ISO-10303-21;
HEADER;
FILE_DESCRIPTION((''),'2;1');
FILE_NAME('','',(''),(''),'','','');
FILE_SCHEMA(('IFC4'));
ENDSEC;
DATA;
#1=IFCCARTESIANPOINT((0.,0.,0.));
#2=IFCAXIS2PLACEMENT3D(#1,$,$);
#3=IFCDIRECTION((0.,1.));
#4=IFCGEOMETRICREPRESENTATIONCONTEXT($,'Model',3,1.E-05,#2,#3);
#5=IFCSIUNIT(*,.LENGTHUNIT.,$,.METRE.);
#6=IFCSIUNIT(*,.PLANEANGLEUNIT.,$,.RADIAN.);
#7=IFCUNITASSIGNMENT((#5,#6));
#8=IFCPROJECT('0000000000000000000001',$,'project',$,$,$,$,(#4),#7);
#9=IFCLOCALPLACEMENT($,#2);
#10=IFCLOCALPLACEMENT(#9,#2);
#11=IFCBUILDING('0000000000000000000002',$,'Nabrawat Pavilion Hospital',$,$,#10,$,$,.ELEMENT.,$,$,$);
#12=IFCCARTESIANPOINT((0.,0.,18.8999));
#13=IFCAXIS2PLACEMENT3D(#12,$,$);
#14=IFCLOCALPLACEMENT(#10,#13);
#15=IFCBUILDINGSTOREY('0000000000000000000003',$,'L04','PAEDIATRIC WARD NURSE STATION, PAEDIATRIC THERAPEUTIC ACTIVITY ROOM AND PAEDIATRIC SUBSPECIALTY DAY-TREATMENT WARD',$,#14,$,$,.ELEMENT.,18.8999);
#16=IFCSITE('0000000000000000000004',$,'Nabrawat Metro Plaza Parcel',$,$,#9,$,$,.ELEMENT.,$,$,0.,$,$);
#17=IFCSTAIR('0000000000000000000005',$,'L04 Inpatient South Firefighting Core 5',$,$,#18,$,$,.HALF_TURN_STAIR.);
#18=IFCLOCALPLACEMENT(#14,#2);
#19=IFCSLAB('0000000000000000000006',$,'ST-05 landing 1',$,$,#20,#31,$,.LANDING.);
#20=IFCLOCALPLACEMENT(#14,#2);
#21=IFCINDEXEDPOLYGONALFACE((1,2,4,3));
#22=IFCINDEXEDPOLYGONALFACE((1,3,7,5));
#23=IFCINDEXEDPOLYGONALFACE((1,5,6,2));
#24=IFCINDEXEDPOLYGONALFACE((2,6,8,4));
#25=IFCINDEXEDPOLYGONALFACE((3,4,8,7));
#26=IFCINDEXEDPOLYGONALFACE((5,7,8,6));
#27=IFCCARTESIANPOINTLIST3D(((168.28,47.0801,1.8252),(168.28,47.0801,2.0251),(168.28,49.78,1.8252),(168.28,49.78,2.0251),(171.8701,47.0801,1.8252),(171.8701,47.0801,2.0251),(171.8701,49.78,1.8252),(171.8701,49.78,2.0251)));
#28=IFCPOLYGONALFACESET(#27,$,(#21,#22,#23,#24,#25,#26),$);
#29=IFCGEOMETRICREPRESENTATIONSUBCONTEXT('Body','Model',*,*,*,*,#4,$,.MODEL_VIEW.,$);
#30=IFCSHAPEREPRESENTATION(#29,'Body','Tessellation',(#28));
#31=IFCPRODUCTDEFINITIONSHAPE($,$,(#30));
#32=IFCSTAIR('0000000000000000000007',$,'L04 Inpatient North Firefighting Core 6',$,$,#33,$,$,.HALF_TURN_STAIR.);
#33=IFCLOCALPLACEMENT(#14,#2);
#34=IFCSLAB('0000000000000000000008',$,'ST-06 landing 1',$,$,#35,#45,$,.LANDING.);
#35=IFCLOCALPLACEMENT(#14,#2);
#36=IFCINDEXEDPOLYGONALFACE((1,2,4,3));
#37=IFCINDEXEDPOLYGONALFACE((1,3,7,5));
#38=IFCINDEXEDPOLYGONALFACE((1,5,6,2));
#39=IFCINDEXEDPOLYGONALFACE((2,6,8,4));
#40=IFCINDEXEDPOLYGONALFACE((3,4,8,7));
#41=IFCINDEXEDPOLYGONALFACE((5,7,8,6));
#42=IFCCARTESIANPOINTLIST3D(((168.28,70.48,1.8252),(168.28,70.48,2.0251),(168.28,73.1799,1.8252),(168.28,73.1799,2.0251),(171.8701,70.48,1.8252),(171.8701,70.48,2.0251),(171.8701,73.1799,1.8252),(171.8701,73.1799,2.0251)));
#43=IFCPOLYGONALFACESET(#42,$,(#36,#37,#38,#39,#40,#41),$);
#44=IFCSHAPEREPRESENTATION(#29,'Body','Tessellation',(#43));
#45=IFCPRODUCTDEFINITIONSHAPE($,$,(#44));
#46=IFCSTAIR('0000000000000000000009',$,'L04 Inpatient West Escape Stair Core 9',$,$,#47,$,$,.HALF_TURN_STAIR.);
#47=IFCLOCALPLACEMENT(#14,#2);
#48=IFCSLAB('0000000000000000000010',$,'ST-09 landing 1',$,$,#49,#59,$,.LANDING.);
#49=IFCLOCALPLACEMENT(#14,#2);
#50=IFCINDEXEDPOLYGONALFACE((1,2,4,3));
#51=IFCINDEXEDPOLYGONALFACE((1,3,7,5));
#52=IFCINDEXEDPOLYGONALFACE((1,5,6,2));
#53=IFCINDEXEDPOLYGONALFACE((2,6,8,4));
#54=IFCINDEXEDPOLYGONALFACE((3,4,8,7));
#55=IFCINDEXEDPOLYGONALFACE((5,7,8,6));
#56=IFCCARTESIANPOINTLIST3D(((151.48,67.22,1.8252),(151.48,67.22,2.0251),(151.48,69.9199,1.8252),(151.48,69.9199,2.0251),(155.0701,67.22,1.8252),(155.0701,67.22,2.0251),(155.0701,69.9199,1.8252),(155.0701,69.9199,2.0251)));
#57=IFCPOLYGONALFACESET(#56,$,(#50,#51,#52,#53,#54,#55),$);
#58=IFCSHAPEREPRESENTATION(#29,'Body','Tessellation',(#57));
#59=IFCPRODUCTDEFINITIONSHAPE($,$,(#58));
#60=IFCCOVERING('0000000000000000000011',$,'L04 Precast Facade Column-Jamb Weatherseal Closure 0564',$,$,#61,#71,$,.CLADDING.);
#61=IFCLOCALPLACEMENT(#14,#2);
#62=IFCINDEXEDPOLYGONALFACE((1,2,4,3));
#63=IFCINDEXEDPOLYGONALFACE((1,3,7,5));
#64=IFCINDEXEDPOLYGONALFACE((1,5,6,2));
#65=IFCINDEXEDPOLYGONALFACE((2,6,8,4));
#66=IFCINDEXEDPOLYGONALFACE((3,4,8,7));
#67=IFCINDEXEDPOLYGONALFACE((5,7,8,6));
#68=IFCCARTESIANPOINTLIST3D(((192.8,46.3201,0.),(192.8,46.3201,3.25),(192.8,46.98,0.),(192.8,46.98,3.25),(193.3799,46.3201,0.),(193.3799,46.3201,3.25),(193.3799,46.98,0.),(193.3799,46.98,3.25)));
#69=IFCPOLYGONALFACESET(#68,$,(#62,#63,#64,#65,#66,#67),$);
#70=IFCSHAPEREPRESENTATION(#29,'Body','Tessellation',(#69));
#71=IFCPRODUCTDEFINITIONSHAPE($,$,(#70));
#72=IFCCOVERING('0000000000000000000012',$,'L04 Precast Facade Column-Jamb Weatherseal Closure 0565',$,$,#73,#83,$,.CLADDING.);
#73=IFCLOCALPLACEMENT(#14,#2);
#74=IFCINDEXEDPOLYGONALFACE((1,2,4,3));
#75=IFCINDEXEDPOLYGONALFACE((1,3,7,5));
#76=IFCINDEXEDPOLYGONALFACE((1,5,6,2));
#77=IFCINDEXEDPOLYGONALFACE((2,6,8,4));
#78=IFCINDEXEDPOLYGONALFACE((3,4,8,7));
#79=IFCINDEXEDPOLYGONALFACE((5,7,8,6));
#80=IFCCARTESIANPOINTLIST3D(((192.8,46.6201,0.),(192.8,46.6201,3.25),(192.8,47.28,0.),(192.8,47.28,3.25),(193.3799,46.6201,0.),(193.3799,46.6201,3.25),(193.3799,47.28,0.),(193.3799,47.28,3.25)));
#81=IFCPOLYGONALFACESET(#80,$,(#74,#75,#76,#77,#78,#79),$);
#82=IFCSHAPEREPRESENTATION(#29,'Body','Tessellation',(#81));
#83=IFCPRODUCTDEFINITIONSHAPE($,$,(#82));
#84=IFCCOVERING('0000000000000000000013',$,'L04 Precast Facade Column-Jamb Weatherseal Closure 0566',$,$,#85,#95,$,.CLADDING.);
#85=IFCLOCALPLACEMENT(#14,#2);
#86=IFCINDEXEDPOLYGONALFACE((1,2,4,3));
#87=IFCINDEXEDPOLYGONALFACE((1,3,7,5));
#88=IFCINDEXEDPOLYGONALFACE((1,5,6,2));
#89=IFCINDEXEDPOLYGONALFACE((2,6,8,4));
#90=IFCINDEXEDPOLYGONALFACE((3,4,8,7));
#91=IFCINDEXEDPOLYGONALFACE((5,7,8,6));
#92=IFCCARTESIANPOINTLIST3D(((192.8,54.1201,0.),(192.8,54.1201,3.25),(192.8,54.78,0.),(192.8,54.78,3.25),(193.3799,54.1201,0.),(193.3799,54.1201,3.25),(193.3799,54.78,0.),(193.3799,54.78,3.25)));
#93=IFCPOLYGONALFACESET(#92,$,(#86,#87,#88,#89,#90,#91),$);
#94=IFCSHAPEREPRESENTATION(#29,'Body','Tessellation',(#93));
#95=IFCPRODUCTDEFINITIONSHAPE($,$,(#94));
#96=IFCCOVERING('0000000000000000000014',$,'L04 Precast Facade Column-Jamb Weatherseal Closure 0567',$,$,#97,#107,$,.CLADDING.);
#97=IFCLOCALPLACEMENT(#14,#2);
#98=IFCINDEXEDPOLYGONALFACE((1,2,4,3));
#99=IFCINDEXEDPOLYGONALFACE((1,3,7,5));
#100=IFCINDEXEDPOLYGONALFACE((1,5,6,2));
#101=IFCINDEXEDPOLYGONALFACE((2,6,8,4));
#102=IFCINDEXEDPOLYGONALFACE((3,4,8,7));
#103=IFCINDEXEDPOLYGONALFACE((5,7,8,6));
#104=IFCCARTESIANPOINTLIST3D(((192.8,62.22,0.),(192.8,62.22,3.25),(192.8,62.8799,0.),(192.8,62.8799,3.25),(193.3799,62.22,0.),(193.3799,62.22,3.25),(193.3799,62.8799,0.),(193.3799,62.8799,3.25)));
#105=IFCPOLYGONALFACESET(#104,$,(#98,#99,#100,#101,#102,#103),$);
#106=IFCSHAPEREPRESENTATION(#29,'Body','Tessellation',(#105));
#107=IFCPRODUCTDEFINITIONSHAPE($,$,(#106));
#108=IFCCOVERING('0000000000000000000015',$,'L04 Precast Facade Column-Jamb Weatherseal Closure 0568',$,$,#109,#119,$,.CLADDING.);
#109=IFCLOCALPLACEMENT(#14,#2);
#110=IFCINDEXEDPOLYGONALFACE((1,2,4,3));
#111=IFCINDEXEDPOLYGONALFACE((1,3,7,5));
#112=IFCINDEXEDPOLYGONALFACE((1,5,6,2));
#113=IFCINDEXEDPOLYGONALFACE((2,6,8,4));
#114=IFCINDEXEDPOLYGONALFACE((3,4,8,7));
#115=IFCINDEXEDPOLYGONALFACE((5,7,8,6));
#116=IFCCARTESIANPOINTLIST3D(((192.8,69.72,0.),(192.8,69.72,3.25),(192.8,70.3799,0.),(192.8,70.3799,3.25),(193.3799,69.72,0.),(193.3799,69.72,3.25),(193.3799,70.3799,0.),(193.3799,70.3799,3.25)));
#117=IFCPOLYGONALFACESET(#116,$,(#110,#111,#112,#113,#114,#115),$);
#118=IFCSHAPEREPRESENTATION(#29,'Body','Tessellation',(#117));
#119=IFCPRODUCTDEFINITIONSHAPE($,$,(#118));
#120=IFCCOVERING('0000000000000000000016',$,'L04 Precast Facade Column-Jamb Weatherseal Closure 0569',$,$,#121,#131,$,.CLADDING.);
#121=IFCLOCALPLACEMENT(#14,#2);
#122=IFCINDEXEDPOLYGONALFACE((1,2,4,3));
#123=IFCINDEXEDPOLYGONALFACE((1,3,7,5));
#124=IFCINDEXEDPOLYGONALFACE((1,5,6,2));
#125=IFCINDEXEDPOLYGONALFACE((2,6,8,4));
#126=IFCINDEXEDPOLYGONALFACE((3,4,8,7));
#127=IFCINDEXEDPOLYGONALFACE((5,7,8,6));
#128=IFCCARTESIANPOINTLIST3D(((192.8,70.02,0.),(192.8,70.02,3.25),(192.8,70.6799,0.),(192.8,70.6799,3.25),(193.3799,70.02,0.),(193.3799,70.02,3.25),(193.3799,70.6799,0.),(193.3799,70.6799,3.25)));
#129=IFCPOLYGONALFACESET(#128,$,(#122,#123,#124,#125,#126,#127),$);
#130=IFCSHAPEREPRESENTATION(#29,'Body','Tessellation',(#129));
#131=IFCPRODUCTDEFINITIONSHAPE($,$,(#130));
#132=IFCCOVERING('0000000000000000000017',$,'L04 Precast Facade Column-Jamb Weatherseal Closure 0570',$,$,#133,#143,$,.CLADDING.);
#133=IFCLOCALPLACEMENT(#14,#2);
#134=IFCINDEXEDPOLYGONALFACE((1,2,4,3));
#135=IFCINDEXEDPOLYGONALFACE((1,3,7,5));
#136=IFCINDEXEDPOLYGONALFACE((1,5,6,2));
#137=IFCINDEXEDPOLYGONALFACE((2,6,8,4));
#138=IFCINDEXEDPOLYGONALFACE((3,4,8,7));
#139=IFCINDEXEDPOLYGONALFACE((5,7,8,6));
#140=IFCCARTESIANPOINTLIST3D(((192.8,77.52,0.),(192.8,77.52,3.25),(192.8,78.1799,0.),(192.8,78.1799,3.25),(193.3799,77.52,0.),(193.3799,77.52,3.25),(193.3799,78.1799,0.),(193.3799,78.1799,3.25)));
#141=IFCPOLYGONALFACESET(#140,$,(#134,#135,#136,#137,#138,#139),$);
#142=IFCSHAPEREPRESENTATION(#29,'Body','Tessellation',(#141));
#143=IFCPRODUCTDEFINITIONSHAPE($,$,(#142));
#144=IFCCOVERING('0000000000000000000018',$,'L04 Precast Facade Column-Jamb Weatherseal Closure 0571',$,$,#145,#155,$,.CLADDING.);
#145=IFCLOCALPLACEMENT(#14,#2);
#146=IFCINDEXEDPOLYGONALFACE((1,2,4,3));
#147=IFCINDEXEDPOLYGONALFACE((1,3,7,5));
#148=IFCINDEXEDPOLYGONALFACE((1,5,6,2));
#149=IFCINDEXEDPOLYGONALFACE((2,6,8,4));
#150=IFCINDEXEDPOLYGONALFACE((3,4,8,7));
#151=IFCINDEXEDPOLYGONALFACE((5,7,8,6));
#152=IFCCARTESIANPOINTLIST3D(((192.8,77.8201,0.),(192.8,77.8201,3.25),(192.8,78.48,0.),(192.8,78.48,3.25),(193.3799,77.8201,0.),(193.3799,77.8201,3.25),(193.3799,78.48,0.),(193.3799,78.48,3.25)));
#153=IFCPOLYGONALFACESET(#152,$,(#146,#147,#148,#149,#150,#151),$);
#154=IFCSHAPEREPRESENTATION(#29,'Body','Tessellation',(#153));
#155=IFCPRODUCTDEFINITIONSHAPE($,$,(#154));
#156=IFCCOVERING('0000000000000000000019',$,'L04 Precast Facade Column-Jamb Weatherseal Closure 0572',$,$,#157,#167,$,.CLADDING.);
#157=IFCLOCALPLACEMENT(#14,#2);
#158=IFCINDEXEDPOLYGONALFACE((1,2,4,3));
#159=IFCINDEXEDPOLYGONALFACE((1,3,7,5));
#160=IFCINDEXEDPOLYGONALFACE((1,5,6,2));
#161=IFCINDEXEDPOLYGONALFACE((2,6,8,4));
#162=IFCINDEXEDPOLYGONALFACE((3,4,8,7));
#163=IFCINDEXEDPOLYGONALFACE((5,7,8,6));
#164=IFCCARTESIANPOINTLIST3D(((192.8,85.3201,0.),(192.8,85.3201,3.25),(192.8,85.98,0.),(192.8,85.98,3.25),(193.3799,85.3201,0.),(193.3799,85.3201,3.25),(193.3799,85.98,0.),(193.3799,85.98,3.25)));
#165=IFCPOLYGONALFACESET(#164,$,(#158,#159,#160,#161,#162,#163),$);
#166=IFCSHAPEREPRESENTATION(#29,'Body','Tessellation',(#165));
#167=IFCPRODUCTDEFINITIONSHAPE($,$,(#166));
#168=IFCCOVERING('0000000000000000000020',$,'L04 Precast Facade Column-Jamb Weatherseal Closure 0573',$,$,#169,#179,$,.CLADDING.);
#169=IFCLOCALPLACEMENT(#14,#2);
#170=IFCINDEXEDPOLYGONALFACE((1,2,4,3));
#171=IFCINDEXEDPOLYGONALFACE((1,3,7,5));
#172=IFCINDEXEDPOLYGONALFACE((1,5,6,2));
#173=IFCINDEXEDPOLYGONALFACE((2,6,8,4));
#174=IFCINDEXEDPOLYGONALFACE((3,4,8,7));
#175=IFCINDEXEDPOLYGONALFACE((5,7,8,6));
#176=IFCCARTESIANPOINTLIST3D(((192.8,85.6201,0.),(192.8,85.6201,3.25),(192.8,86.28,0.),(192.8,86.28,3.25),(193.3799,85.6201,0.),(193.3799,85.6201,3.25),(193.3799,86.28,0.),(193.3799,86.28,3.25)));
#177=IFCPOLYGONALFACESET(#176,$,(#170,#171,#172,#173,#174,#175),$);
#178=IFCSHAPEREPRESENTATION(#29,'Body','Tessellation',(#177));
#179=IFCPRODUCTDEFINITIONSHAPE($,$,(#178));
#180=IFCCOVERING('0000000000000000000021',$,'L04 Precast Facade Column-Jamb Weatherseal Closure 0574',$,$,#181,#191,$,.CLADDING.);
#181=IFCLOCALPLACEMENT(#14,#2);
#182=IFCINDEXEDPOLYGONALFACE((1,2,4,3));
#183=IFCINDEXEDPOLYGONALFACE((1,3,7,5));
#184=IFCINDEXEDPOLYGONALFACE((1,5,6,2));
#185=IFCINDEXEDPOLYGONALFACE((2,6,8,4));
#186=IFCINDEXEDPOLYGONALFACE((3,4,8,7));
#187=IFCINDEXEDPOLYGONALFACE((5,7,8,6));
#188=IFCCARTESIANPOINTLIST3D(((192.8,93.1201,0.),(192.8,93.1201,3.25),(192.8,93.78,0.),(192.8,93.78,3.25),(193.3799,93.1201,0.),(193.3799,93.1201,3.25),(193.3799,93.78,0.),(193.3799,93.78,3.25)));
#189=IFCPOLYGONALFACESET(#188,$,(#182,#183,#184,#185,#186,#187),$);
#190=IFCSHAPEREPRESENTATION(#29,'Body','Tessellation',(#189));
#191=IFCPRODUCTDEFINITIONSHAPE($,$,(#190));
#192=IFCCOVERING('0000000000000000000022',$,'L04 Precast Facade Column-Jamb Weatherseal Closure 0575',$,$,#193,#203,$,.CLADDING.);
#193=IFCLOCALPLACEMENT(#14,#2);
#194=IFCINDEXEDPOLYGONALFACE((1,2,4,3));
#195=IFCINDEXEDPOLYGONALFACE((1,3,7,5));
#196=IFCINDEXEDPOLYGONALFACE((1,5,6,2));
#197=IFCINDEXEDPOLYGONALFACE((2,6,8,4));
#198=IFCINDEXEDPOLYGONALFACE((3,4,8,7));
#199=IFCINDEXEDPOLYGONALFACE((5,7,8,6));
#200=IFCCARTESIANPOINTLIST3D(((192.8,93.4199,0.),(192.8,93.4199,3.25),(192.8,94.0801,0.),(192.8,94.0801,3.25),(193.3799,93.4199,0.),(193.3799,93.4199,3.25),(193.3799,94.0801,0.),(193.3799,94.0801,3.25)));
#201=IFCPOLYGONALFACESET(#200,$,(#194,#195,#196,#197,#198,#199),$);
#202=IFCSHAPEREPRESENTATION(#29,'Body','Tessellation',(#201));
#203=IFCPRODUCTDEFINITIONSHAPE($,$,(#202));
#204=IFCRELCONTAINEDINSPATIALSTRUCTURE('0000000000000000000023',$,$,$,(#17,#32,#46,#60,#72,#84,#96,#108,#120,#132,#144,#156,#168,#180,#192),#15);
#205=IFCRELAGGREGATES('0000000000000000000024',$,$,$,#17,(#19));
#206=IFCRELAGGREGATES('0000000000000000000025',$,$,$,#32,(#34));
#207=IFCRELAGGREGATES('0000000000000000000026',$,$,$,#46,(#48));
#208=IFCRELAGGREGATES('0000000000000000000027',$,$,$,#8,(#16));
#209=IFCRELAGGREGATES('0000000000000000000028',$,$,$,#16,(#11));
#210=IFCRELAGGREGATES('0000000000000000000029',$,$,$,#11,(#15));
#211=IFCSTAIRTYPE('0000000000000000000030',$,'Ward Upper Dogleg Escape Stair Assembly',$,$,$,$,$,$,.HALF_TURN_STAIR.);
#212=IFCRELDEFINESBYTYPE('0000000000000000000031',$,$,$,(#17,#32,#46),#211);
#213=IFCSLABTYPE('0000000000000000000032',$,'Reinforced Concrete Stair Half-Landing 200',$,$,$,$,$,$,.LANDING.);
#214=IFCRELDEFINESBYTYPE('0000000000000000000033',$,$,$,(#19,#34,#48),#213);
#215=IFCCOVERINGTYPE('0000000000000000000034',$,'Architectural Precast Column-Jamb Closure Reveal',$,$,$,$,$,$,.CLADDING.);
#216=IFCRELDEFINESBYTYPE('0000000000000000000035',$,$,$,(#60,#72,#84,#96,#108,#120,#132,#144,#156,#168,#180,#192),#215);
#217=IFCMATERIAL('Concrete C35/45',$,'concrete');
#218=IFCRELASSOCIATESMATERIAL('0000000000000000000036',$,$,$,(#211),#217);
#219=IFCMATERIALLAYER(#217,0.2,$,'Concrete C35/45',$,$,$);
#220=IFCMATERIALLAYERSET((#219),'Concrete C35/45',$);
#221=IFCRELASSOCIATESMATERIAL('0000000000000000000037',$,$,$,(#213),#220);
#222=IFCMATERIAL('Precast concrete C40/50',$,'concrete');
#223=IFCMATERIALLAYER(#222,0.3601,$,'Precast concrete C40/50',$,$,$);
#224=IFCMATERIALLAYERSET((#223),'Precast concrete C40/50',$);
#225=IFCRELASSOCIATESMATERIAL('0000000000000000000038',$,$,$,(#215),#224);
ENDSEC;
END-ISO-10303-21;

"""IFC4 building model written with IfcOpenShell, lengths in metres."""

from ifc_helpers import new_model, si_unit, direction, frame, origin, place, context, subcontext, project, spatial, polyline, outline, extrude, material, layer, layer_set, type_object, element, aggregate, save


model = new_model("IFC4")

# Units and contexts
model_context = context("Model", 3, precision=1e-05, world=origin(), true_north=direction((0.0, 1.0)))
body_context = subcontext(model_context, "Body", "Model", "MODEL_VIEW")
ifc_project = project(units=[si_unit("LENGTHUNIT", "METRE"), si_unit("PLANEANGLEUNIT", "RADIAN")], contexts=[model_context])

# Site, building, storey
site_placement = place(None, origin())
site = spatial("IfcSite", under=ifc_project, at=site_placement, Name="Nabrawat Metro Plaza Parcel", CompositionType="ELEMENT", RefElevation=0.0)
building_placement = place(site_placement, origin())
building = spatial("IfcBuilding", under=site, at=building_placement, Name="Nabrawat Pavilion Hospital", CompositionType="ELEMENT")
storey_placement = place(building_placement, frame((0.0, 0.0, 18.8999)))
storey = spatial("IfcBuildingStorey", under=building, at=storey_placement, Name="L04", Description="PAEDIATRIC WARD NURSE STATION, PAEDIATRIC THERAPEUTIC ACTIVITY ROOM AND PAEDIATRIC SUBSPECIALTY DAY-TREATMENT WARD", CompositionType="ELEMENT", Elevation=18.8999)

# Stairs, slabs
ifc_material_1 = material(Name="Concrete C35/45", Category="concrete")
stair_type = type_object("IfcStairType", Name="Ward Upper Dogleg Escape Stair Assembly", PredefinedType="HALF_TURN_STAIR", material=ifc_material_1)
stair_1_placement = place(storey_placement, origin())
stair_1 = element("IfcStair", 1, at=stair_1_placement, inside=storey, type_object=stair_type, Name="L04 Inpatient South Firefighting Core 5", PredefinedType="HALF_TURN_STAIR")
ifc_layer_1 = layer(ifc_material_1, 0.2, Name="Concrete C35/45")
ifc_layer_set_1 = layer_set([ifc_layer_1], Name="Concrete C35/45")
slab_type = type_object("IfcSlabType", Name="Reinforced Concrete Stair Half-Landing 200", PredefinedType="LANDING", material=ifc_layer_set_1)
slab_1_placement = place(storey_placement, frame((0.0, 0.0, 1.8252)))
slab_1 = element("IfcSlab", 2, at=slab_1_placement, type_object=slab_type, Name="ST-05 landing 1", PredefinedType="LANDING", context=body_context, shape_type="SweptSolid", body=[
    extrude(outline(polyline([(171.8701, 47.0801), (171.8701, 49.78), (168.28, 49.78), (168.28, 47.0801), (171.8701, 47.0801)])), origin(), (0.0, 0.0, 1.0), 0.2),
])
aggregate(stair_1, [slab_1])
stair_2_placement = place(storey_placement, origin())
stair_2 = element("IfcStair", 3, at=stair_2_placement, inside=storey, type_object=stair_type, Name="L04 Inpatient North Firefighting Core 6", PredefinedType="HALF_TURN_STAIR")
slab_2_placement = place(storey_placement, frame((0.0, 0.0, 1.8252)))
slab_2 = element("IfcSlab", 4, at=slab_2_placement, type_object=slab_type, Name="ST-06 landing 1", PredefinedType="LANDING", context=body_context, shape_type="SweptSolid", body=[
    extrude(outline(polyline([(171.8701, 70.48), (171.8701, 73.1799), (168.28, 73.1799), (168.28, 70.48), (171.8701, 70.48)])), origin(), (0.0, 0.0, 1.0), 0.2),
])
aggregate(stair_2, [slab_2])
stair_3_placement = place(storey_placement, origin())
stair_3 = element("IfcStair", 5, at=stair_3_placement, inside=storey, type_object=stair_type, Name="L04 Inpatient West Escape Stair Core 9", PredefinedType="HALF_TURN_STAIR")
slab_3_placement = place(storey_placement, frame((0.0, 0.0, 1.8252)))
slab_3 = element("IfcSlab", 6, at=slab_3_placement, type_object=slab_type, Name="ST-09 landing 1", PredefinedType="LANDING", context=body_context, shape_type="SweptSolid", body=[
    extrude(outline(polyline([(155.0701, 67.22), (155.0701, 69.9199), (151.48, 69.9199), (151.48, 67.22), (155.0701, 67.22)])), origin(), (0.0, 0.0, 1.0), 0.2),
])
aggregate(stair_3, [slab_3])

# Coverings
ifc_material_2 = material(Name="Precast concrete C40/50", Category="concrete")
ifc_layer_2 = layer(ifc_material_2, 0.3601, Name="Precast concrete C40/50")
ifc_layer_set_2 = layer_set([ifc_layer_2], Name="Precast concrete C40/50")
covering_type_1 = type_object("IfcCoveringType", Name="Architectural Precast Column-Jamb Closure Reveal", PredefinedType="CLADDING", material=ifc_layer_set_2)
covering_1_placement = place(storey_placement, origin())
element("IfcCovering", 7, at=covering_1_placement, inside=storey, type_object=covering_type_1, Name="L04 Precast Facade Column-Jamb Weatherseal Closure 0564", PredefinedType="CLADDING", context=body_context, shape_type="SweptSolid", body=[
    extrude(outline(polyline([(193.3799, 46.3201), (193.3799, 46.98), (192.8, 46.98), (192.8, 46.3201), (193.3799, 46.3201)])), origin(), (0.0, 0.0, 1.0), 3.25),
])
covering_2_placement = place(storey_placement, origin())
element("IfcCovering", 8, at=covering_2_placement, inside=storey, type_object=covering_type_1, Name="L04 Precast Facade Column-Jamb Weatherseal Closure 0565", PredefinedType="CLADDING", context=body_context, shape_type="SweptSolid", body=[
    extrude(outline(polyline([(193.3799, 46.6201), (193.3799, 47.28), (192.8, 47.28), (192.8, 46.6201), (193.3799, 46.6201)])), origin(), (0.0, 0.0, 1.0), 3.25),
])
covering_3_placement = place(storey_placement, origin())
element("IfcCovering", 9, at=covering_3_placement, inside=storey, type_object=covering_type_1, Name="L04 Precast Facade Column-Jamb Weatherseal Closure 0566", PredefinedType="CLADDING", context=body_context, shape_type="SweptSolid", body=[
    extrude(outline(polyline([(193.3799, 54.1201), (193.3799, 54.78), (192.8, 54.78), (192.8, 54.1201), (193.3799, 54.1201)])), origin(), (0.0, 0.0, 1.0), 3.25),
])
covering_4_placement = place(storey_placement, origin())
element("IfcCovering", 10, at=covering_4_placement, inside=storey, type_object=covering_type_1, Name="L04 Precast Facade Column-Jamb Weatherseal Closure 0567", PredefinedType="CLADDING", context=body_context, shape_type="SweptSolid", body=[
    extrude(outline(polyline([(193.3799, 62.22), (193.3799, 62.8799), (192.8, 62.8799), (192.8, 62.22), (193.3799, 62.22)])), origin(), (0.0, 0.0, 1.0), 3.25),
])
covering_5_placement = place(storey_placement, origin())
element("IfcCovering", 11, at=covering_5_placement, inside=storey, type_object=covering_type_1, Name="L04 Precast Facade Column-Jamb Weatherseal Closure 0568", PredefinedType="CLADDING", context=body_context, shape_type="SweptSolid", body=[
    extrude(outline(polyline([(193.3799, 69.72), (193.3799, 70.3799), (192.8, 70.3799), (192.8, 69.72), (193.3799, 69.72)])), origin(), (0.0, 0.0, 1.0), 3.25),
])
covering_6_placement = place(storey_placement, origin())
element("IfcCovering", 12, at=covering_6_placement, inside=storey, type_object=covering_type_1, Name="L04 Precast Facade Column-Jamb Weatherseal Closure 0569", PredefinedType="CLADDING", context=body_context, shape_type="SweptSolid", body=[
    extrude(outline(polyline([(193.3799, 70.02), (193.3799, 70.6799), (192.8, 70.6799), (192.8, 70.02), (193.3799, 70.02)])), origin(), (0.0, 0.0, 1.0), 3.25),
])
covering_7_placement = place(storey_placement, origin())
element("IfcCovering", 13, at=covering_7_placement, inside=storey, type_object=covering_type_1, Name="L04 Precast Facade Column-Jamb Weatherseal Closure 0570", PredefinedType="CLADDING", context=body_context, shape_type="SweptSolid", body=[
    extrude(outline(polyline([(193.3799, 77.52), (193.3799, 78.1799), (192.8, 78.1799), (192.8, 77.52), (193.3799, 77.52)])), origin(), (0.0, 0.0, 1.0), 3.25),
])
covering_8_placement = place(storey_placement, origin())
element("IfcCovering", 14, at=covering_8_placement, inside=storey, type_object=covering_type_1, Name="L04 Precast Facade Column-Jamb Weatherseal Closure 0571", PredefinedType="CLADDING", context=body_context, shape_type="SweptSolid", body=[
    extrude(outline(polyline([(193.3799, 77.8201), (193.3799, 78.48), (192.8, 78.48), (192.8, 77.8201), (193.3799, 77.8201)])), origin(), (0.0, 0.0, 1.0), 3.25),
])
covering_9_placement = place(storey_placement, origin())
element("IfcCovering", 15, at=covering_9_placement, inside=storey, type_object=covering_type_1, Name="L04 Precast Facade Column-Jamb Weatherseal Closure 0572", PredefinedType="CLADDING", context=body_context, shape_type="SweptSolid", body=[
    extrude(outline(polyline([(193.3799, 85.3201), (193.3799, 85.98), (192.8, 85.98), (192.8, 85.3201), (193.3799, 85.3201)])), origin(), (0.0, 0.0, 1.0), 3.25),
])
covering_10_placement = place(storey_placement, origin())
element("IfcCovering", 16, at=covering_10_placement, inside=storey, type_object=covering_type_1, Name="L04 Precast Facade Column-Jamb Weatherseal Closure 0573", PredefinedType="CLADDING", context=body_context, shape_type="SweptSolid", body=[
    extrude(outline(polyline([(193.3799, 85.6201), (193.3799, 86.28), (192.8, 86.28), (192.8, 85.6201), (193.3799, 85.6201)])), origin(), (0.0, 0.0, 1.0), 3.25),
])
covering_11_placement = place(storey_placement, origin())
element("IfcCovering", 17, at=covering_11_placement, inside=storey, type_object=covering_type_1, Name="L04 Precast Facade Column-Jamb Weatherseal Closure 0574", PredefinedType="CLADDING", context=body_context, shape_type="SweptSolid", body=[
    extrude(outline(polyline([(193.3799, 93.1201), (193.3799, 93.78), (192.8, 93.78), (192.8, 93.1201), (193.3799, 93.1201)])), origin(), (0.0, 0.0, 1.0), 3.25),
])
covering_12_placement = place(storey_placement, origin())
element("IfcCovering", 18, at=covering_12_placement, inside=storey, type_object=covering_type_1, Name="L04 Precast Facade Column-Jamb Weatherseal Closure 0575", PredefinedType="CLADDING", context=body_context, shape_type="SweptSolid", body=[
    extrude(outline(polyline([(193.3799, 93.4199), (193.3799, 94.0801), (192.8, 94.0801), (192.8, 93.4199), (193.3799, 93.4199)])), origin(), (0.0, 0.0, 1.0), 3.25),
])

save(model, "model.ifc")
